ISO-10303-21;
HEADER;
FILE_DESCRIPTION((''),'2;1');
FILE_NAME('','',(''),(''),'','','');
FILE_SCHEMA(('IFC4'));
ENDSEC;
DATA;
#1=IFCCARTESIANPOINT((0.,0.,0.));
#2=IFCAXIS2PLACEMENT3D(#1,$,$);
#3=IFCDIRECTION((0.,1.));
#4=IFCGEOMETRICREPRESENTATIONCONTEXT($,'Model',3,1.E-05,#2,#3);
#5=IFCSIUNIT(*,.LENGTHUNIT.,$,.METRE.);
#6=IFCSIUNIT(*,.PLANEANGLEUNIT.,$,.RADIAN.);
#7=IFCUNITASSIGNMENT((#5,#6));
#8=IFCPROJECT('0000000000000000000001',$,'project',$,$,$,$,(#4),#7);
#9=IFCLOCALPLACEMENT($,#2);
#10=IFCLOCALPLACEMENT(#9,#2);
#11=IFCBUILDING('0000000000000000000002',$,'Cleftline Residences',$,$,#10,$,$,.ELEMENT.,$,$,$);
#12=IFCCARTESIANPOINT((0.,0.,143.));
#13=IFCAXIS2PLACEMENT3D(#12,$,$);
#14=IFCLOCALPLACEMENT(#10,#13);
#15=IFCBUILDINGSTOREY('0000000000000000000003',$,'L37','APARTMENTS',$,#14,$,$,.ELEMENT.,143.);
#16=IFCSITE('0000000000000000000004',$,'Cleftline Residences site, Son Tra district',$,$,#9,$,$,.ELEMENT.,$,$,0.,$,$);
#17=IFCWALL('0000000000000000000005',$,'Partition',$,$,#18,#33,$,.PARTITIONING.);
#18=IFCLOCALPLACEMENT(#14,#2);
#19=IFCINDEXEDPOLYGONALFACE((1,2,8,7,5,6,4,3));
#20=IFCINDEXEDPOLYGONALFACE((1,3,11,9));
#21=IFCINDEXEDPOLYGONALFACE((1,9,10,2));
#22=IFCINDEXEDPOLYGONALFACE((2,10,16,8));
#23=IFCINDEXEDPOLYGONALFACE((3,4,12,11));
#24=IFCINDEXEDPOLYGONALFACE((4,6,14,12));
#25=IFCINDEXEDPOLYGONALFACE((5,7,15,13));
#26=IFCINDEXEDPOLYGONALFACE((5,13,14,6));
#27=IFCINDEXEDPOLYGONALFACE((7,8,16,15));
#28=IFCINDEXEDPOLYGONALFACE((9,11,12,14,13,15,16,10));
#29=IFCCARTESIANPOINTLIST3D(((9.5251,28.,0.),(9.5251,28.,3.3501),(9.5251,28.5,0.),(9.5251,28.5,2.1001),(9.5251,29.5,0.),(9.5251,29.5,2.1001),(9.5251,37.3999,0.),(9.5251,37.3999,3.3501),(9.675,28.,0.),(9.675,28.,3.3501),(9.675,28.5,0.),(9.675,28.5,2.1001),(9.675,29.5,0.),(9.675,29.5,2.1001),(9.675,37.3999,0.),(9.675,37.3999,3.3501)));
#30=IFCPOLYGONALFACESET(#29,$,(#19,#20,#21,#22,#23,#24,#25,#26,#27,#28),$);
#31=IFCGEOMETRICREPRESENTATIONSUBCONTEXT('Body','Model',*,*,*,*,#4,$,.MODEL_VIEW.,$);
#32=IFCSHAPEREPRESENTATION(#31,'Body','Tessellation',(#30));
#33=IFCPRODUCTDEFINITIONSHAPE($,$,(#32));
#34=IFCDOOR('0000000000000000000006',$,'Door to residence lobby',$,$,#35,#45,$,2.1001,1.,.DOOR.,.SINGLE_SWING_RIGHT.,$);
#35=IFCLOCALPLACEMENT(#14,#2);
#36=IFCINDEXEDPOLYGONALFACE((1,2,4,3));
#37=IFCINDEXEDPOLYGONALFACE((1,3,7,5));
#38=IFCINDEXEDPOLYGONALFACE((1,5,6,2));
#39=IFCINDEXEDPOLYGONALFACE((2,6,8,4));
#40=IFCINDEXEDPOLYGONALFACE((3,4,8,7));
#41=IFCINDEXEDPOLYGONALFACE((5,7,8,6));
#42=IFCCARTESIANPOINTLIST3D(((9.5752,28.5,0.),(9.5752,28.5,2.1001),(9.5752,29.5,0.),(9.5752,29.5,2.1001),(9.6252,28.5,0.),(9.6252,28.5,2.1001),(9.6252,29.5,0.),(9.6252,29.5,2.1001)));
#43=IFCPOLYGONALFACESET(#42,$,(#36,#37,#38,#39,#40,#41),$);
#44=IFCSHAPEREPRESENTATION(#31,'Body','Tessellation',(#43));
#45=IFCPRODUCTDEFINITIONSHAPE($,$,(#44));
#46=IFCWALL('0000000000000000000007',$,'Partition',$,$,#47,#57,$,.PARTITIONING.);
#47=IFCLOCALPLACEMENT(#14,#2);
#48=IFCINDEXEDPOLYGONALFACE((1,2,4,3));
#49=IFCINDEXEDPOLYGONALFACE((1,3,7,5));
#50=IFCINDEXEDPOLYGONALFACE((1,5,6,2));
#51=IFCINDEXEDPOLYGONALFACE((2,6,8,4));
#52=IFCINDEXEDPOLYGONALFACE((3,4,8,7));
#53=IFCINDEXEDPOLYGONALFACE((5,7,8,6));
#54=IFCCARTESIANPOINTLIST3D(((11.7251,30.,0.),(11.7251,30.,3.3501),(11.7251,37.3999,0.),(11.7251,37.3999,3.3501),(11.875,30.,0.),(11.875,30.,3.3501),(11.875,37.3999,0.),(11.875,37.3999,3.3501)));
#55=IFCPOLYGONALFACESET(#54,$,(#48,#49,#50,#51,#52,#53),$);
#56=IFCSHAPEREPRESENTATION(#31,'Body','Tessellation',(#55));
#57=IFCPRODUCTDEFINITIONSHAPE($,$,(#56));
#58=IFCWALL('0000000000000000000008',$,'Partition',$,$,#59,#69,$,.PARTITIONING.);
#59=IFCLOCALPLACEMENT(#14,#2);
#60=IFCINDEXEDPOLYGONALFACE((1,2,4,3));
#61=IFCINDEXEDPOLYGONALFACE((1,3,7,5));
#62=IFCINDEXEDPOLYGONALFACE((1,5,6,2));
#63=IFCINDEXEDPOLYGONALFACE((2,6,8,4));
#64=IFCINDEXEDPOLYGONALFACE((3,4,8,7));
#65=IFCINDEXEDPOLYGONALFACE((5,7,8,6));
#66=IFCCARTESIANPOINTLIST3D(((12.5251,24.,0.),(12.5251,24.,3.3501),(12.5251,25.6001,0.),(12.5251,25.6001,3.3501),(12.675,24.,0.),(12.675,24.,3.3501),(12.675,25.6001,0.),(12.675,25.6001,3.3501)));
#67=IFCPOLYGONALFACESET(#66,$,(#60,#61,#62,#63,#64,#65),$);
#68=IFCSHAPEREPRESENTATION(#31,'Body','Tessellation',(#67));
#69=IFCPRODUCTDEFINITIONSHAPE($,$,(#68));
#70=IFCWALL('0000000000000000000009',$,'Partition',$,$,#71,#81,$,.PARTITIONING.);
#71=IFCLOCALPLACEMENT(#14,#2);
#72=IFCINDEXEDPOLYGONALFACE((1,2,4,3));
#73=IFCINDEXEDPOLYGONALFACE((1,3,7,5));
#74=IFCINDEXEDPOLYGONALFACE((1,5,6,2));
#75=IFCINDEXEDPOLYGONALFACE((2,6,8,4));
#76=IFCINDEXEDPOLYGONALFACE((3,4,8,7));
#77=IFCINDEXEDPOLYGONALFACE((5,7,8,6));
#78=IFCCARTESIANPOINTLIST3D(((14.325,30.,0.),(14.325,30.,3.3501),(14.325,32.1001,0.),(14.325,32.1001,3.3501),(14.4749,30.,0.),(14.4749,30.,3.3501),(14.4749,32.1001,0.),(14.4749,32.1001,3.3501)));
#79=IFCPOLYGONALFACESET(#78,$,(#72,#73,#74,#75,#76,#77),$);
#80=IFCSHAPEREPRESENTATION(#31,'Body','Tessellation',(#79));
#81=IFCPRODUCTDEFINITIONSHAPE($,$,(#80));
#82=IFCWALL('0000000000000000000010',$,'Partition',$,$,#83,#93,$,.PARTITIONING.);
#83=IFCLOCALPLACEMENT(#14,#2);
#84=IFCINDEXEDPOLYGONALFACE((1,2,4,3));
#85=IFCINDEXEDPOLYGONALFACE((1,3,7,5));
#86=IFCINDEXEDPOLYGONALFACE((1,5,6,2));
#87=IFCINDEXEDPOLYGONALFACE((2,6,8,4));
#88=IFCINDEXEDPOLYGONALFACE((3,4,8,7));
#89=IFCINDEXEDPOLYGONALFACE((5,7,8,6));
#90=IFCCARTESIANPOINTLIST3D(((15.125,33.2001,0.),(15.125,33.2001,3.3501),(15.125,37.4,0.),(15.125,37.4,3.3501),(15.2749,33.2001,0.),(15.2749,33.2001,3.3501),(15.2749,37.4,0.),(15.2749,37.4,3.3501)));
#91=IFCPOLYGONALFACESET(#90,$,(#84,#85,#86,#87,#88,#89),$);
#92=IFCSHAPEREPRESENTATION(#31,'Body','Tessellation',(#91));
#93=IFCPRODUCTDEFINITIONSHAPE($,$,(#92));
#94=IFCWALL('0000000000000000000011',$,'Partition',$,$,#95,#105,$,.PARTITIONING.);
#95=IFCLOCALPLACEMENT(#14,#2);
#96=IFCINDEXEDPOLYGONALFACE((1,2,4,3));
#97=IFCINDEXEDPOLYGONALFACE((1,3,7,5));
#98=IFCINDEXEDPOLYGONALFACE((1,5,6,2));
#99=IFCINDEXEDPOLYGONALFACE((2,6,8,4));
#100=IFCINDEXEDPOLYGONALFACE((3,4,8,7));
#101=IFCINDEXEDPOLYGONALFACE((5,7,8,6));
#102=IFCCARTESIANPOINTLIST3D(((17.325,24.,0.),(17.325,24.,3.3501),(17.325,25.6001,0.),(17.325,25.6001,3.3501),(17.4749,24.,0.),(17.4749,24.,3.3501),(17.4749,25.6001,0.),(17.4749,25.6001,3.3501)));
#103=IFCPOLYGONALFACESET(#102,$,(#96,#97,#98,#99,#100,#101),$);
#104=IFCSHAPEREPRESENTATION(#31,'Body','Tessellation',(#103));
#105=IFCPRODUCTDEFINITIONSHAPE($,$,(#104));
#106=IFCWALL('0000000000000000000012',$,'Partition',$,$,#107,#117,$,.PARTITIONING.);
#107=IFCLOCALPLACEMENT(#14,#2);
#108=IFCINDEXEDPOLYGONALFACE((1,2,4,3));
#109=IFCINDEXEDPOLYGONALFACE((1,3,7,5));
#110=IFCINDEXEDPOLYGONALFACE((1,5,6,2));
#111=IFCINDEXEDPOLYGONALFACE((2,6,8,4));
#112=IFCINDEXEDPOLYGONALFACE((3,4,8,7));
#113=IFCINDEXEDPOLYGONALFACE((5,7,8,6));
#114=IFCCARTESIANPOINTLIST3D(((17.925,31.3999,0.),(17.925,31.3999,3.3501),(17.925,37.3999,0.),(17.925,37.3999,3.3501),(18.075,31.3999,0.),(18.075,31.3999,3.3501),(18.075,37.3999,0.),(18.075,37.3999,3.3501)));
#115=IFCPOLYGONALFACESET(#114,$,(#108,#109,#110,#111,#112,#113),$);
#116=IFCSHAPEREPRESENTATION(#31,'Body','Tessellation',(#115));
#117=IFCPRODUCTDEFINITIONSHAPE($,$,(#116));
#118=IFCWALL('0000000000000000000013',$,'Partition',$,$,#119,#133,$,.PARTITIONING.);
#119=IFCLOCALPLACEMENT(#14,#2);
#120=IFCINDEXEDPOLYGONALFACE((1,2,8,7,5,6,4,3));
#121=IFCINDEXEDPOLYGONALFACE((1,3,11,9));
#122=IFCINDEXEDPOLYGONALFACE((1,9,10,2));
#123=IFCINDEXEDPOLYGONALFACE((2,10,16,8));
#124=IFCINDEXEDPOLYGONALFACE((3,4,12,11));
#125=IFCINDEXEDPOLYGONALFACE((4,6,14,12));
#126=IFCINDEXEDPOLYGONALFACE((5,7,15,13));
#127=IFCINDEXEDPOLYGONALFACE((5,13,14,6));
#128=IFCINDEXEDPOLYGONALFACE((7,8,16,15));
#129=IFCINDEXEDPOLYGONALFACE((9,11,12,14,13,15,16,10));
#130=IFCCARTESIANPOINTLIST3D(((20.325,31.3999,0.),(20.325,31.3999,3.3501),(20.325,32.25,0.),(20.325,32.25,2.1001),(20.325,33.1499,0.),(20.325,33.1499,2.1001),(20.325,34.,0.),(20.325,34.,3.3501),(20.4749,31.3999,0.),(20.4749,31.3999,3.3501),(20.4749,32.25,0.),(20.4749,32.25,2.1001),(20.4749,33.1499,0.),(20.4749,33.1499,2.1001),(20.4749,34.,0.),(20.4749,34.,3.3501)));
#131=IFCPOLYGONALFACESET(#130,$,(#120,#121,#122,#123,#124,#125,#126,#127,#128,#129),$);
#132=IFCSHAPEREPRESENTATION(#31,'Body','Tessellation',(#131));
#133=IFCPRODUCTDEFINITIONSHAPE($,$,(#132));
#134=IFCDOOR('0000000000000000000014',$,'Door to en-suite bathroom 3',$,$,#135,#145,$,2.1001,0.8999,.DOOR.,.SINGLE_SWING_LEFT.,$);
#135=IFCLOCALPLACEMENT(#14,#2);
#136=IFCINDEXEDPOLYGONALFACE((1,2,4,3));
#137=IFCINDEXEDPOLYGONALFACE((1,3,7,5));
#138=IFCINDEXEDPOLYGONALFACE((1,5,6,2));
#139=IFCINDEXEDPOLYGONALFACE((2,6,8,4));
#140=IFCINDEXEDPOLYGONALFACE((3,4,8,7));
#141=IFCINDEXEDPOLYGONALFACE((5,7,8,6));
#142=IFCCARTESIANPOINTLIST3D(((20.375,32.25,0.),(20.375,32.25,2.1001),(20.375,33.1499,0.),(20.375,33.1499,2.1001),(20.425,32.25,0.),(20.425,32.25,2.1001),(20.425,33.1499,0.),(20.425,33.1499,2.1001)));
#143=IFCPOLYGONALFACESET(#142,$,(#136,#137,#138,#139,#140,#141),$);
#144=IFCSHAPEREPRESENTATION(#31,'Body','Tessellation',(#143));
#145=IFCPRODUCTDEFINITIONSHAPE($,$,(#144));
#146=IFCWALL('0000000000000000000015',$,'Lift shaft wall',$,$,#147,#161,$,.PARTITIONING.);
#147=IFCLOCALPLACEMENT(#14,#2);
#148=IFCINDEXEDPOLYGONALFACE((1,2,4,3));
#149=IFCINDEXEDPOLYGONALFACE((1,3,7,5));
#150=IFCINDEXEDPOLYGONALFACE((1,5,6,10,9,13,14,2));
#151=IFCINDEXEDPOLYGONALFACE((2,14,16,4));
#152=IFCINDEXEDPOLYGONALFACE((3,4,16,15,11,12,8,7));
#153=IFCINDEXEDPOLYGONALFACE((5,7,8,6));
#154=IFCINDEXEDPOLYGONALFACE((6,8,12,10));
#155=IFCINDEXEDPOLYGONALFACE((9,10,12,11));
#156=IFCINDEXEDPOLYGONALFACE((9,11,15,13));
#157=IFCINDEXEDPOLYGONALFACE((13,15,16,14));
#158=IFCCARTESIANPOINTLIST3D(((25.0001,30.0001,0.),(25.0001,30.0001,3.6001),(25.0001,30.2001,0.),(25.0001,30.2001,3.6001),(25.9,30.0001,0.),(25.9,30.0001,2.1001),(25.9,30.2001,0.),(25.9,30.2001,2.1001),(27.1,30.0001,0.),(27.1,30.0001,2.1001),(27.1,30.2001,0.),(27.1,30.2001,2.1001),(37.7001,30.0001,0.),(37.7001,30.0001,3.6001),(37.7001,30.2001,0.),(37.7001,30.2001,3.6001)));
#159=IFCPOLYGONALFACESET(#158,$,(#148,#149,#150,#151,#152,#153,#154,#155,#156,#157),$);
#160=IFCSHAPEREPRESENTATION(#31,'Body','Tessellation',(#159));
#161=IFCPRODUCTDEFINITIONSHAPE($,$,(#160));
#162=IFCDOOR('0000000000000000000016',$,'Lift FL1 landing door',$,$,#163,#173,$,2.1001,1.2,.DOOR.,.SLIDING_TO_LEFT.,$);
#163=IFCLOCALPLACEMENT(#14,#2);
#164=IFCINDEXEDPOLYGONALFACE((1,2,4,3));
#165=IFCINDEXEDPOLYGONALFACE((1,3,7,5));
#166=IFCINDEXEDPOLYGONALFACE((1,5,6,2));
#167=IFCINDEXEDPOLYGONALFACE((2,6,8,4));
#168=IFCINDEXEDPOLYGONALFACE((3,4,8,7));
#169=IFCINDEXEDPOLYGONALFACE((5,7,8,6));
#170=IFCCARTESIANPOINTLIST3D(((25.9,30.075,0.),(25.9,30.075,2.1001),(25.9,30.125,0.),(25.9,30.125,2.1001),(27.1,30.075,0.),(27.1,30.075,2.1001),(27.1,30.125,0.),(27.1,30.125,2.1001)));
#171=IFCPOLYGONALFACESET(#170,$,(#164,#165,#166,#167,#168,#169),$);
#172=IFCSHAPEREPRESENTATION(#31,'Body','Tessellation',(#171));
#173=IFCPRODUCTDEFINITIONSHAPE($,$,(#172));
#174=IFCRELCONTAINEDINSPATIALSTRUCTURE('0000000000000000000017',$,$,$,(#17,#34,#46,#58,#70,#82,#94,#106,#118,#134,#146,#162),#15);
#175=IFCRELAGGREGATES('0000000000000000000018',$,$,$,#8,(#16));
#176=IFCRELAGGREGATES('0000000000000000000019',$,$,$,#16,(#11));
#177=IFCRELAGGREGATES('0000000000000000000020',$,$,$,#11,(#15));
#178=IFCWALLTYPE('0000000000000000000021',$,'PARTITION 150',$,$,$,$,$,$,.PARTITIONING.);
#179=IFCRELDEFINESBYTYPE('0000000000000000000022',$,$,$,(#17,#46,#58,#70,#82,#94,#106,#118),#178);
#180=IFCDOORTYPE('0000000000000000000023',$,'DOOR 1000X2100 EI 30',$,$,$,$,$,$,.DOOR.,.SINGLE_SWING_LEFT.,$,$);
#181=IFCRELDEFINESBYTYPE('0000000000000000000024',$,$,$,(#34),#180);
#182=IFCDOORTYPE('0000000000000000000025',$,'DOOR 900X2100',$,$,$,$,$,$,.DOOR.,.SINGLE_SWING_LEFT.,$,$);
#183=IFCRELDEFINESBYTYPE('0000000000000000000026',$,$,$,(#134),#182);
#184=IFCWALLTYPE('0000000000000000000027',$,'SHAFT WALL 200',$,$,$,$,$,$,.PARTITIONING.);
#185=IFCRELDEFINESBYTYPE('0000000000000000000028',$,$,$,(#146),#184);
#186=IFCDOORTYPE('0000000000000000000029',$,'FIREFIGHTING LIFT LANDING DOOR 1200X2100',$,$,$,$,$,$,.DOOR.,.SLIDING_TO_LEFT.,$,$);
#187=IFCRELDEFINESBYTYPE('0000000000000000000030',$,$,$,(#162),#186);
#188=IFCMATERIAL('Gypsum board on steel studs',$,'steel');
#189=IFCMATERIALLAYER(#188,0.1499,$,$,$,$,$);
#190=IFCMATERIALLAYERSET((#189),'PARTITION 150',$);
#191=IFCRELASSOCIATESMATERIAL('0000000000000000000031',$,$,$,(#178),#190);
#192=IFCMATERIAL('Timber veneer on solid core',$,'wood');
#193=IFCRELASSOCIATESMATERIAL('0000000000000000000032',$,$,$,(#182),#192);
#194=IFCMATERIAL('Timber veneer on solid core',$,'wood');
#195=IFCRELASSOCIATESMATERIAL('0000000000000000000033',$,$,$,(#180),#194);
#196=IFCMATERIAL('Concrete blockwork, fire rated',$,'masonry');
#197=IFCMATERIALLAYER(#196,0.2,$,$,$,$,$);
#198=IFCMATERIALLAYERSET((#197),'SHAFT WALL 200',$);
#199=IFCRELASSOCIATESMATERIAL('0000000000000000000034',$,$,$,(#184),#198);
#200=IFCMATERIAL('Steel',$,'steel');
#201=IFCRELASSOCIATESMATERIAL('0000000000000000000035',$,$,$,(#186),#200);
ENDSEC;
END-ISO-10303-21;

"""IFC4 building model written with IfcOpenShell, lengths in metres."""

from ifc_helpers import new_model, si_unit, direction, frame, frame_2d, origin, place, context, subcontext, project, spatial, rectangle, extrude, material, layer, layer_set, type_object, element, fill, save


model = new_model("IFC4")

# Units and contexts
model_context = context("Model", 3, precision=1e-05, world=origin(), true_north=direction((0.0, 1.0)))
body_context = subcontext(model_context, "Body", "Model", "MODEL_VIEW")
ifc_project = project(units=[si_unit("LENGTHUNIT", "METRE"), si_unit("PLANEANGLEUNIT", "RADIAN")], contexts=[model_context])

# Site, building, storey
site_placement = place(None, origin())
site = spatial("IfcSite", under=ifc_project, at=site_placement, Name="Cleftline Residences site, Son Tra district", CompositionType="ELEMENT", RefElevation=0.0)
building_placement = place(site_placement, origin())
building = spatial("IfcBuilding", under=site, at=building_placement, Name="Cleftline Residences", CompositionType="ELEMENT")
storey_placement = place(building_placement, frame((0.0, 0.0, 143.0)))
storey = spatial("IfcBuildingStorey", under=building, at=storey_placement, Name="L37", Description="APARTMENTS", CompositionType="ELEMENT", Elevation=143.0)

# Shared definitions
ifc_material_1 = material(Name="Gypsum board on steel studs", Category="steel")
ifc_layer_1 = layer(ifc_material_1, 0.1499)
ifc_layer_set_1 = layer_set([ifc_layer_1], Name="PARTITION 150")
wall_type_1 = type_object("IfcWallType", Name="PARTITION 150", PredefinedType="PARTITIONING", material=ifc_layer_set_1)
ifc_material_2 = material(Name="Timber veneer on solid core", Category="wood")
door_type_1 = type_object("IfcDoorType", Name="DOOR 900X2100", OperationType="SINGLE_SWING_LEFT", PredefinedType="DOOR", material=ifc_material_2)

# Wall, opening, door
wall_1_placement = place(storey_placement, frame((9.6001, 28.0, 0.0), z_axis=(0.0, 0.0, 1.0), x_axis=(0.0, 1.0, 0.0)))
wall_1 = element("IfcWall", 1, at=wall_1_placement, inside=storey, type_object=wall_type_1, Name="Partition", PredefinedType="PARTITIONING", context=body_context, shape_type="SweptSolid", body=[
    extrude(rectangle(XDim=9.3999, YDim=0.1499, at=frame_2d((4.7, 0.0))), origin(), (0.0, 0.0, 1.0), 3.3501),
])
opening_1_placement = place(wall_1_placement, frame((0.5, 0.0, 0.0)))
opening_1 = element("IfcOpeningElement", 2, at=opening_1_placement, cuts=wall_1, PredefinedType="OPENING", context=body_context, shape_type="SweptSolid", body=[
    extrude(rectangle(XDim=1.0, YDim=2.1001, at=frame_2d((0.5, 1.05))), frame((0.0, 0.085, 0.0), z_axis=(0.0, -1.0, 0.0), x_axis=(1.0, 0.0, 0.0)), (0.0, 0.0, 1.0), 0.1699),
])
ifc_material_3 = material(Name="Timber veneer on solid core", Category="wood")
door_type_2 = type_object("IfcDoorType", Name="DOOR 1000X2100 EI 30", OperationType="SINGLE_SWING_LEFT", PredefinedType="DOOR", material=ifc_material_3)
door_1_placement = place(opening_1_placement, origin())
door_1 = element("IfcDoor", 3, at=door_1_placement, inside=storey, type_object=door_type_2, Name="Door to residence lobby", OperationType="SINGLE_SWING_RIGHT", OverallHeight=2.1001, OverallWidth=1.0, PredefinedType="DOOR", context=body_context, shape_type="SweptSolid", body=[
    extrude(rectangle(XDim=1.0, YDim=2.1001, at=frame_2d((0.5, 1.05))), frame((0.0, 0.0249, 0.0), z_axis=(0.0, -1.0, 0.0), x_axis=(1.0, 0.0, 0.0)), (0.0, 0.0, 1.0), 0.05),
])
fill(opening_1, door_1)

# Walls
wall_2_placement = place(storey_placement, frame((11.8, 30.0, 0.0), z_axis=(0.0, 0.0, 1.0), x_axis=(0.0, 1.0, 0.0)))
element("IfcWall", 4, at=wall_2_placement, inside=storey, type_object=wall_type_1, Name="Partition", PredefinedType="PARTITIONING", context=body_context, shape_type="SweptSolid", body=[
    extrude(rectangle(XDim=7.3999, YDim=0.1499, at=frame_2d((3.7, 0.0))), origin(), (0.0, 0.0, 1.0), 3.3501),
])
wall_3_placement = place(storey_placement, frame((12.6001, 24.0, 0.0), z_axis=(0.0, 0.0, 1.0), x_axis=(0.0, 1.0, 0.0)))
element("IfcWall", 5, at=wall_3_placement, inside=storey, type_object=wall_type_1, Name="Partition", PredefinedType="PARTITIONING", context=body_context, shape_type="SweptSolid", body=[
    extrude(rectangle(XDim=1.6001, YDim=0.1499, at=frame_2d((0.8, 0.0))), origin(), (0.0, 0.0, 1.0), 3.3501),
])
wall_4_placement = place(storey_placement, frame((14.3999, 30.0, 0.0), z_axis=(0.0, 0.0, 1.0), x_axis=(0.0, 1.0, 0.0)))
element("IfcWall", 6, at=wall_4_placement, inside=storey, type_object=wall_type_1, Name="Partition", PredefinedType="PARTITIONING", context=body_context, shape_type="SweptSolid", body=[
    extrude(rectangle(XDim=2.1001, YDim=0.1499, at=frame_2d((1.05, 0.0))), origin(), (0.0, 0.0, 1.0), 3.3501),
])
wall_5_placement = place(storey_placement, frame((15.2, 33.2, 0.0), z_axis=(0.0, 0.0, 1.0), x_axis=(0.0, 1.0, 0.0)))
element("IfcWall", 7, at=wall_5_placement, inside=storey, type_object=wall_type_1, Name="Partition", PredefinedType="PARTITIONING", context=body_context, shape_type="SweptSolid", body=[
    extrude(rectangle(XDim=4.2, YDim=0.1499, at=frame_2d((2.1001, 0.0))), origin(), (0.0, 0.0, 1.0), 3.3501),
])
wall_6_placement = place(storey_placement, frame((17.3999, 24.0, 0.0), z_axis=(0.0, 0.0, 1.0), x_axis=(0.0, 1.0, 0.0)))
element("IfcWall", 8, at=wall_6_placement, inside=storey, type_object=wall_type_1, Name="Partition", PredefinedType="PARTITIONING", context=body_context, shape_type="SweptSolid", body=[
    extrude(rectangle(XDim=1.6001, YDim=0.1499, at=frame_2d((0.8, 0.0))), origin(), (0.0, 0.0, 1.0), 3.3501),
])
wall_7_placement = place(storey_placement, frame((18.0, 31.3999, 0.0), z_axis=(0.0, 0.0, 1.0), x_axis=(0.0, 1.0, 0.0)))
element("IfcWall", 9, at=wall_7_placement, inside=storey, type_object=wall_type_1, Name="Partition", PredefinedType="PARTITIONING", context=body_context, shape_type="SweptSolid", body=[
    extrude(rectangle(XDim=6.0, YDim=0.1499, at=frame_2d((3.0, 0.0))), origin(), (0.0, 0.0, 1.0), 3.3501),
])

# Walls, openings, doors
wall_8_placement = place(storey_placement, frame((20.3999, 31.3999, 0.0), z_axis=(0.0, 0.0, 1.0), x_axis=(0.0, 1.0, 0.0)))
wall_8 = element("IfcWall", 10, at=wall_8_placement, inside=storey, type_object=wall_type_1, Name="Partition", PredefinedType="PARTITIONING", context=body_context, shape_type="SweptSolid", body=[
    extrude(rectangle(XDim=2.6001, YDim=0.1499, at=frame_2d((1.3, 0.0))), origin(), (0.0, 0.0, 1.0), 3.3501),
])
opening_2_placement = place(wall_8_placement, frame((0.8501, 0.0, 0.0)))
opening_2 = element("IfcOpeningElement", 11, at=opening_2_placement, cuts=wall_8, PredefinedType="OPENING", context=body_context, shape_type="SweptSolid", body=[
    extrude(rectangle(XDim=0.8999, YDim=2.1001, at=frame_2d((0.45, 1.05))), frame((0.0, 0.085, 0.0), z_axis=(0.0, -1.0, 0.0), x_axis=(1.0, 0.0, 0.0)), (0.0, 0.0, 1.0), 0.1699),
])
door_2_placement = place(opening_2_placement, origin())
door_2 = element("IfcDoor", 12, at=door_2_placement, inside=storey, type_object=door_type_1, Name="Door to en-suite bathroom 3", OperationType="SINGLE_SWING_LEFT", OverallHeight=2.1001, OverallWidth=0.8999, PredefinedType="DOOR", context=body_context, shape_type="SweptSolid", body=[
    extrude(rectangle(XDim=0.8999, YDim=2.1001, at=frame_2d((0.45, 1.05))), frame((0.0, 0.0249, 0.0), z_axis=(0.0, -1.0, 0.0), x_axis=(1.0, 0.0, 0.0)), (0.0, 0.0, 1.0), 0.05),
])
fill(opening_2, door_2)
ifc_material_4 = material(Name="Concrete blockwork, fire rated", Category="masonry")
ifc_layer_2 = layer(ifc_material_4, 0.2)
ifc_layer_set_2 = layer_set([ifc_layer_2], Name="SHAFT WALL 200")
wall_type_2 = type_object("IfcWallType", Name="SHAFT WALL 200", PredefinedType="PARTITIONING", material=ifc_layer_set_2)
wall_9_placement = place(storey_placement, frame((25.0, 30.1001, 0.0), z_axis=(0.0, 0.0, 1.0), x_axis=(1.0, 0.0, 0.0)))
wall_9 = element("IfcWall", 13, at=wall_9_placement, inside=storey, type_object=wall_type_2, Name="Lift shaft wall", PredefinedType="PARTITIONING", context=body_context, shape_type="SweptSolid", body=[
    extrude(rectangle(XDim=12.7, YDim=0.2, at=frame_2d((6.3501, 0.0))), origin(), (0.0, 0.0, 1.0), 3.6001),
])
opening_3_placement = place(wall_9_placement, frame((0.8999, 0.0, 0.0)))
opening_3 = element("IfcOpeningElement", 14, at=opening_3_placement, cuts=wall_9, PredefinedType="OPENING", context=body_context, shape_type="SweptSolid", body=[
    extrude(rectangle(XDim=1.2, YDim=2.1001, at=frame_2d((0.6001, 1.05))), frame((0.0, 0.1099, 0.0), z_axis=(0.0, -1.0, 0.0), x_axis=(1.0, 0.0, 0.0)), (0.0, 0.0, 1.0), 0.22),
])
ifc_material_5 = material(Name="Steel", Category="steel")
door_type_3 = type_object("IfcDoorType", Name="FIREFIGHTING LIFT LANDING DOOR 1200X2100", OperationType="SLIDING_TO_LEFT", PredefinedType="DOOR", material=ifc_material_5)
door_3_placement = place(opening_3_placement, origin())
door_3 = element("IfcDoor", 15, at=door_3_placement, inside=storey, type_object=door_type_3, Name="Lift FL1 landing door", OperationType="SLIDING_TO_LEFT", OverallHeight=2.1001, OverallWidth=1.2, PredefinedType="DOOR", context=body_context, shape_type="SweptSolid", body=[
    extrude(rectangle(XDim=1.2, YDim=2.1001, at=frame_2d((0.6001, 1.05))), frame((0.0, 0.0249, 0.0), z_axis=(0.0, -1.0, 0.0), x_axis=(1.0, 0.0, 0.0)), (0.0, 0.0, 1.0), 0.05),
])
fill(opening_3, door_3)

save(model, "model.ifc")
